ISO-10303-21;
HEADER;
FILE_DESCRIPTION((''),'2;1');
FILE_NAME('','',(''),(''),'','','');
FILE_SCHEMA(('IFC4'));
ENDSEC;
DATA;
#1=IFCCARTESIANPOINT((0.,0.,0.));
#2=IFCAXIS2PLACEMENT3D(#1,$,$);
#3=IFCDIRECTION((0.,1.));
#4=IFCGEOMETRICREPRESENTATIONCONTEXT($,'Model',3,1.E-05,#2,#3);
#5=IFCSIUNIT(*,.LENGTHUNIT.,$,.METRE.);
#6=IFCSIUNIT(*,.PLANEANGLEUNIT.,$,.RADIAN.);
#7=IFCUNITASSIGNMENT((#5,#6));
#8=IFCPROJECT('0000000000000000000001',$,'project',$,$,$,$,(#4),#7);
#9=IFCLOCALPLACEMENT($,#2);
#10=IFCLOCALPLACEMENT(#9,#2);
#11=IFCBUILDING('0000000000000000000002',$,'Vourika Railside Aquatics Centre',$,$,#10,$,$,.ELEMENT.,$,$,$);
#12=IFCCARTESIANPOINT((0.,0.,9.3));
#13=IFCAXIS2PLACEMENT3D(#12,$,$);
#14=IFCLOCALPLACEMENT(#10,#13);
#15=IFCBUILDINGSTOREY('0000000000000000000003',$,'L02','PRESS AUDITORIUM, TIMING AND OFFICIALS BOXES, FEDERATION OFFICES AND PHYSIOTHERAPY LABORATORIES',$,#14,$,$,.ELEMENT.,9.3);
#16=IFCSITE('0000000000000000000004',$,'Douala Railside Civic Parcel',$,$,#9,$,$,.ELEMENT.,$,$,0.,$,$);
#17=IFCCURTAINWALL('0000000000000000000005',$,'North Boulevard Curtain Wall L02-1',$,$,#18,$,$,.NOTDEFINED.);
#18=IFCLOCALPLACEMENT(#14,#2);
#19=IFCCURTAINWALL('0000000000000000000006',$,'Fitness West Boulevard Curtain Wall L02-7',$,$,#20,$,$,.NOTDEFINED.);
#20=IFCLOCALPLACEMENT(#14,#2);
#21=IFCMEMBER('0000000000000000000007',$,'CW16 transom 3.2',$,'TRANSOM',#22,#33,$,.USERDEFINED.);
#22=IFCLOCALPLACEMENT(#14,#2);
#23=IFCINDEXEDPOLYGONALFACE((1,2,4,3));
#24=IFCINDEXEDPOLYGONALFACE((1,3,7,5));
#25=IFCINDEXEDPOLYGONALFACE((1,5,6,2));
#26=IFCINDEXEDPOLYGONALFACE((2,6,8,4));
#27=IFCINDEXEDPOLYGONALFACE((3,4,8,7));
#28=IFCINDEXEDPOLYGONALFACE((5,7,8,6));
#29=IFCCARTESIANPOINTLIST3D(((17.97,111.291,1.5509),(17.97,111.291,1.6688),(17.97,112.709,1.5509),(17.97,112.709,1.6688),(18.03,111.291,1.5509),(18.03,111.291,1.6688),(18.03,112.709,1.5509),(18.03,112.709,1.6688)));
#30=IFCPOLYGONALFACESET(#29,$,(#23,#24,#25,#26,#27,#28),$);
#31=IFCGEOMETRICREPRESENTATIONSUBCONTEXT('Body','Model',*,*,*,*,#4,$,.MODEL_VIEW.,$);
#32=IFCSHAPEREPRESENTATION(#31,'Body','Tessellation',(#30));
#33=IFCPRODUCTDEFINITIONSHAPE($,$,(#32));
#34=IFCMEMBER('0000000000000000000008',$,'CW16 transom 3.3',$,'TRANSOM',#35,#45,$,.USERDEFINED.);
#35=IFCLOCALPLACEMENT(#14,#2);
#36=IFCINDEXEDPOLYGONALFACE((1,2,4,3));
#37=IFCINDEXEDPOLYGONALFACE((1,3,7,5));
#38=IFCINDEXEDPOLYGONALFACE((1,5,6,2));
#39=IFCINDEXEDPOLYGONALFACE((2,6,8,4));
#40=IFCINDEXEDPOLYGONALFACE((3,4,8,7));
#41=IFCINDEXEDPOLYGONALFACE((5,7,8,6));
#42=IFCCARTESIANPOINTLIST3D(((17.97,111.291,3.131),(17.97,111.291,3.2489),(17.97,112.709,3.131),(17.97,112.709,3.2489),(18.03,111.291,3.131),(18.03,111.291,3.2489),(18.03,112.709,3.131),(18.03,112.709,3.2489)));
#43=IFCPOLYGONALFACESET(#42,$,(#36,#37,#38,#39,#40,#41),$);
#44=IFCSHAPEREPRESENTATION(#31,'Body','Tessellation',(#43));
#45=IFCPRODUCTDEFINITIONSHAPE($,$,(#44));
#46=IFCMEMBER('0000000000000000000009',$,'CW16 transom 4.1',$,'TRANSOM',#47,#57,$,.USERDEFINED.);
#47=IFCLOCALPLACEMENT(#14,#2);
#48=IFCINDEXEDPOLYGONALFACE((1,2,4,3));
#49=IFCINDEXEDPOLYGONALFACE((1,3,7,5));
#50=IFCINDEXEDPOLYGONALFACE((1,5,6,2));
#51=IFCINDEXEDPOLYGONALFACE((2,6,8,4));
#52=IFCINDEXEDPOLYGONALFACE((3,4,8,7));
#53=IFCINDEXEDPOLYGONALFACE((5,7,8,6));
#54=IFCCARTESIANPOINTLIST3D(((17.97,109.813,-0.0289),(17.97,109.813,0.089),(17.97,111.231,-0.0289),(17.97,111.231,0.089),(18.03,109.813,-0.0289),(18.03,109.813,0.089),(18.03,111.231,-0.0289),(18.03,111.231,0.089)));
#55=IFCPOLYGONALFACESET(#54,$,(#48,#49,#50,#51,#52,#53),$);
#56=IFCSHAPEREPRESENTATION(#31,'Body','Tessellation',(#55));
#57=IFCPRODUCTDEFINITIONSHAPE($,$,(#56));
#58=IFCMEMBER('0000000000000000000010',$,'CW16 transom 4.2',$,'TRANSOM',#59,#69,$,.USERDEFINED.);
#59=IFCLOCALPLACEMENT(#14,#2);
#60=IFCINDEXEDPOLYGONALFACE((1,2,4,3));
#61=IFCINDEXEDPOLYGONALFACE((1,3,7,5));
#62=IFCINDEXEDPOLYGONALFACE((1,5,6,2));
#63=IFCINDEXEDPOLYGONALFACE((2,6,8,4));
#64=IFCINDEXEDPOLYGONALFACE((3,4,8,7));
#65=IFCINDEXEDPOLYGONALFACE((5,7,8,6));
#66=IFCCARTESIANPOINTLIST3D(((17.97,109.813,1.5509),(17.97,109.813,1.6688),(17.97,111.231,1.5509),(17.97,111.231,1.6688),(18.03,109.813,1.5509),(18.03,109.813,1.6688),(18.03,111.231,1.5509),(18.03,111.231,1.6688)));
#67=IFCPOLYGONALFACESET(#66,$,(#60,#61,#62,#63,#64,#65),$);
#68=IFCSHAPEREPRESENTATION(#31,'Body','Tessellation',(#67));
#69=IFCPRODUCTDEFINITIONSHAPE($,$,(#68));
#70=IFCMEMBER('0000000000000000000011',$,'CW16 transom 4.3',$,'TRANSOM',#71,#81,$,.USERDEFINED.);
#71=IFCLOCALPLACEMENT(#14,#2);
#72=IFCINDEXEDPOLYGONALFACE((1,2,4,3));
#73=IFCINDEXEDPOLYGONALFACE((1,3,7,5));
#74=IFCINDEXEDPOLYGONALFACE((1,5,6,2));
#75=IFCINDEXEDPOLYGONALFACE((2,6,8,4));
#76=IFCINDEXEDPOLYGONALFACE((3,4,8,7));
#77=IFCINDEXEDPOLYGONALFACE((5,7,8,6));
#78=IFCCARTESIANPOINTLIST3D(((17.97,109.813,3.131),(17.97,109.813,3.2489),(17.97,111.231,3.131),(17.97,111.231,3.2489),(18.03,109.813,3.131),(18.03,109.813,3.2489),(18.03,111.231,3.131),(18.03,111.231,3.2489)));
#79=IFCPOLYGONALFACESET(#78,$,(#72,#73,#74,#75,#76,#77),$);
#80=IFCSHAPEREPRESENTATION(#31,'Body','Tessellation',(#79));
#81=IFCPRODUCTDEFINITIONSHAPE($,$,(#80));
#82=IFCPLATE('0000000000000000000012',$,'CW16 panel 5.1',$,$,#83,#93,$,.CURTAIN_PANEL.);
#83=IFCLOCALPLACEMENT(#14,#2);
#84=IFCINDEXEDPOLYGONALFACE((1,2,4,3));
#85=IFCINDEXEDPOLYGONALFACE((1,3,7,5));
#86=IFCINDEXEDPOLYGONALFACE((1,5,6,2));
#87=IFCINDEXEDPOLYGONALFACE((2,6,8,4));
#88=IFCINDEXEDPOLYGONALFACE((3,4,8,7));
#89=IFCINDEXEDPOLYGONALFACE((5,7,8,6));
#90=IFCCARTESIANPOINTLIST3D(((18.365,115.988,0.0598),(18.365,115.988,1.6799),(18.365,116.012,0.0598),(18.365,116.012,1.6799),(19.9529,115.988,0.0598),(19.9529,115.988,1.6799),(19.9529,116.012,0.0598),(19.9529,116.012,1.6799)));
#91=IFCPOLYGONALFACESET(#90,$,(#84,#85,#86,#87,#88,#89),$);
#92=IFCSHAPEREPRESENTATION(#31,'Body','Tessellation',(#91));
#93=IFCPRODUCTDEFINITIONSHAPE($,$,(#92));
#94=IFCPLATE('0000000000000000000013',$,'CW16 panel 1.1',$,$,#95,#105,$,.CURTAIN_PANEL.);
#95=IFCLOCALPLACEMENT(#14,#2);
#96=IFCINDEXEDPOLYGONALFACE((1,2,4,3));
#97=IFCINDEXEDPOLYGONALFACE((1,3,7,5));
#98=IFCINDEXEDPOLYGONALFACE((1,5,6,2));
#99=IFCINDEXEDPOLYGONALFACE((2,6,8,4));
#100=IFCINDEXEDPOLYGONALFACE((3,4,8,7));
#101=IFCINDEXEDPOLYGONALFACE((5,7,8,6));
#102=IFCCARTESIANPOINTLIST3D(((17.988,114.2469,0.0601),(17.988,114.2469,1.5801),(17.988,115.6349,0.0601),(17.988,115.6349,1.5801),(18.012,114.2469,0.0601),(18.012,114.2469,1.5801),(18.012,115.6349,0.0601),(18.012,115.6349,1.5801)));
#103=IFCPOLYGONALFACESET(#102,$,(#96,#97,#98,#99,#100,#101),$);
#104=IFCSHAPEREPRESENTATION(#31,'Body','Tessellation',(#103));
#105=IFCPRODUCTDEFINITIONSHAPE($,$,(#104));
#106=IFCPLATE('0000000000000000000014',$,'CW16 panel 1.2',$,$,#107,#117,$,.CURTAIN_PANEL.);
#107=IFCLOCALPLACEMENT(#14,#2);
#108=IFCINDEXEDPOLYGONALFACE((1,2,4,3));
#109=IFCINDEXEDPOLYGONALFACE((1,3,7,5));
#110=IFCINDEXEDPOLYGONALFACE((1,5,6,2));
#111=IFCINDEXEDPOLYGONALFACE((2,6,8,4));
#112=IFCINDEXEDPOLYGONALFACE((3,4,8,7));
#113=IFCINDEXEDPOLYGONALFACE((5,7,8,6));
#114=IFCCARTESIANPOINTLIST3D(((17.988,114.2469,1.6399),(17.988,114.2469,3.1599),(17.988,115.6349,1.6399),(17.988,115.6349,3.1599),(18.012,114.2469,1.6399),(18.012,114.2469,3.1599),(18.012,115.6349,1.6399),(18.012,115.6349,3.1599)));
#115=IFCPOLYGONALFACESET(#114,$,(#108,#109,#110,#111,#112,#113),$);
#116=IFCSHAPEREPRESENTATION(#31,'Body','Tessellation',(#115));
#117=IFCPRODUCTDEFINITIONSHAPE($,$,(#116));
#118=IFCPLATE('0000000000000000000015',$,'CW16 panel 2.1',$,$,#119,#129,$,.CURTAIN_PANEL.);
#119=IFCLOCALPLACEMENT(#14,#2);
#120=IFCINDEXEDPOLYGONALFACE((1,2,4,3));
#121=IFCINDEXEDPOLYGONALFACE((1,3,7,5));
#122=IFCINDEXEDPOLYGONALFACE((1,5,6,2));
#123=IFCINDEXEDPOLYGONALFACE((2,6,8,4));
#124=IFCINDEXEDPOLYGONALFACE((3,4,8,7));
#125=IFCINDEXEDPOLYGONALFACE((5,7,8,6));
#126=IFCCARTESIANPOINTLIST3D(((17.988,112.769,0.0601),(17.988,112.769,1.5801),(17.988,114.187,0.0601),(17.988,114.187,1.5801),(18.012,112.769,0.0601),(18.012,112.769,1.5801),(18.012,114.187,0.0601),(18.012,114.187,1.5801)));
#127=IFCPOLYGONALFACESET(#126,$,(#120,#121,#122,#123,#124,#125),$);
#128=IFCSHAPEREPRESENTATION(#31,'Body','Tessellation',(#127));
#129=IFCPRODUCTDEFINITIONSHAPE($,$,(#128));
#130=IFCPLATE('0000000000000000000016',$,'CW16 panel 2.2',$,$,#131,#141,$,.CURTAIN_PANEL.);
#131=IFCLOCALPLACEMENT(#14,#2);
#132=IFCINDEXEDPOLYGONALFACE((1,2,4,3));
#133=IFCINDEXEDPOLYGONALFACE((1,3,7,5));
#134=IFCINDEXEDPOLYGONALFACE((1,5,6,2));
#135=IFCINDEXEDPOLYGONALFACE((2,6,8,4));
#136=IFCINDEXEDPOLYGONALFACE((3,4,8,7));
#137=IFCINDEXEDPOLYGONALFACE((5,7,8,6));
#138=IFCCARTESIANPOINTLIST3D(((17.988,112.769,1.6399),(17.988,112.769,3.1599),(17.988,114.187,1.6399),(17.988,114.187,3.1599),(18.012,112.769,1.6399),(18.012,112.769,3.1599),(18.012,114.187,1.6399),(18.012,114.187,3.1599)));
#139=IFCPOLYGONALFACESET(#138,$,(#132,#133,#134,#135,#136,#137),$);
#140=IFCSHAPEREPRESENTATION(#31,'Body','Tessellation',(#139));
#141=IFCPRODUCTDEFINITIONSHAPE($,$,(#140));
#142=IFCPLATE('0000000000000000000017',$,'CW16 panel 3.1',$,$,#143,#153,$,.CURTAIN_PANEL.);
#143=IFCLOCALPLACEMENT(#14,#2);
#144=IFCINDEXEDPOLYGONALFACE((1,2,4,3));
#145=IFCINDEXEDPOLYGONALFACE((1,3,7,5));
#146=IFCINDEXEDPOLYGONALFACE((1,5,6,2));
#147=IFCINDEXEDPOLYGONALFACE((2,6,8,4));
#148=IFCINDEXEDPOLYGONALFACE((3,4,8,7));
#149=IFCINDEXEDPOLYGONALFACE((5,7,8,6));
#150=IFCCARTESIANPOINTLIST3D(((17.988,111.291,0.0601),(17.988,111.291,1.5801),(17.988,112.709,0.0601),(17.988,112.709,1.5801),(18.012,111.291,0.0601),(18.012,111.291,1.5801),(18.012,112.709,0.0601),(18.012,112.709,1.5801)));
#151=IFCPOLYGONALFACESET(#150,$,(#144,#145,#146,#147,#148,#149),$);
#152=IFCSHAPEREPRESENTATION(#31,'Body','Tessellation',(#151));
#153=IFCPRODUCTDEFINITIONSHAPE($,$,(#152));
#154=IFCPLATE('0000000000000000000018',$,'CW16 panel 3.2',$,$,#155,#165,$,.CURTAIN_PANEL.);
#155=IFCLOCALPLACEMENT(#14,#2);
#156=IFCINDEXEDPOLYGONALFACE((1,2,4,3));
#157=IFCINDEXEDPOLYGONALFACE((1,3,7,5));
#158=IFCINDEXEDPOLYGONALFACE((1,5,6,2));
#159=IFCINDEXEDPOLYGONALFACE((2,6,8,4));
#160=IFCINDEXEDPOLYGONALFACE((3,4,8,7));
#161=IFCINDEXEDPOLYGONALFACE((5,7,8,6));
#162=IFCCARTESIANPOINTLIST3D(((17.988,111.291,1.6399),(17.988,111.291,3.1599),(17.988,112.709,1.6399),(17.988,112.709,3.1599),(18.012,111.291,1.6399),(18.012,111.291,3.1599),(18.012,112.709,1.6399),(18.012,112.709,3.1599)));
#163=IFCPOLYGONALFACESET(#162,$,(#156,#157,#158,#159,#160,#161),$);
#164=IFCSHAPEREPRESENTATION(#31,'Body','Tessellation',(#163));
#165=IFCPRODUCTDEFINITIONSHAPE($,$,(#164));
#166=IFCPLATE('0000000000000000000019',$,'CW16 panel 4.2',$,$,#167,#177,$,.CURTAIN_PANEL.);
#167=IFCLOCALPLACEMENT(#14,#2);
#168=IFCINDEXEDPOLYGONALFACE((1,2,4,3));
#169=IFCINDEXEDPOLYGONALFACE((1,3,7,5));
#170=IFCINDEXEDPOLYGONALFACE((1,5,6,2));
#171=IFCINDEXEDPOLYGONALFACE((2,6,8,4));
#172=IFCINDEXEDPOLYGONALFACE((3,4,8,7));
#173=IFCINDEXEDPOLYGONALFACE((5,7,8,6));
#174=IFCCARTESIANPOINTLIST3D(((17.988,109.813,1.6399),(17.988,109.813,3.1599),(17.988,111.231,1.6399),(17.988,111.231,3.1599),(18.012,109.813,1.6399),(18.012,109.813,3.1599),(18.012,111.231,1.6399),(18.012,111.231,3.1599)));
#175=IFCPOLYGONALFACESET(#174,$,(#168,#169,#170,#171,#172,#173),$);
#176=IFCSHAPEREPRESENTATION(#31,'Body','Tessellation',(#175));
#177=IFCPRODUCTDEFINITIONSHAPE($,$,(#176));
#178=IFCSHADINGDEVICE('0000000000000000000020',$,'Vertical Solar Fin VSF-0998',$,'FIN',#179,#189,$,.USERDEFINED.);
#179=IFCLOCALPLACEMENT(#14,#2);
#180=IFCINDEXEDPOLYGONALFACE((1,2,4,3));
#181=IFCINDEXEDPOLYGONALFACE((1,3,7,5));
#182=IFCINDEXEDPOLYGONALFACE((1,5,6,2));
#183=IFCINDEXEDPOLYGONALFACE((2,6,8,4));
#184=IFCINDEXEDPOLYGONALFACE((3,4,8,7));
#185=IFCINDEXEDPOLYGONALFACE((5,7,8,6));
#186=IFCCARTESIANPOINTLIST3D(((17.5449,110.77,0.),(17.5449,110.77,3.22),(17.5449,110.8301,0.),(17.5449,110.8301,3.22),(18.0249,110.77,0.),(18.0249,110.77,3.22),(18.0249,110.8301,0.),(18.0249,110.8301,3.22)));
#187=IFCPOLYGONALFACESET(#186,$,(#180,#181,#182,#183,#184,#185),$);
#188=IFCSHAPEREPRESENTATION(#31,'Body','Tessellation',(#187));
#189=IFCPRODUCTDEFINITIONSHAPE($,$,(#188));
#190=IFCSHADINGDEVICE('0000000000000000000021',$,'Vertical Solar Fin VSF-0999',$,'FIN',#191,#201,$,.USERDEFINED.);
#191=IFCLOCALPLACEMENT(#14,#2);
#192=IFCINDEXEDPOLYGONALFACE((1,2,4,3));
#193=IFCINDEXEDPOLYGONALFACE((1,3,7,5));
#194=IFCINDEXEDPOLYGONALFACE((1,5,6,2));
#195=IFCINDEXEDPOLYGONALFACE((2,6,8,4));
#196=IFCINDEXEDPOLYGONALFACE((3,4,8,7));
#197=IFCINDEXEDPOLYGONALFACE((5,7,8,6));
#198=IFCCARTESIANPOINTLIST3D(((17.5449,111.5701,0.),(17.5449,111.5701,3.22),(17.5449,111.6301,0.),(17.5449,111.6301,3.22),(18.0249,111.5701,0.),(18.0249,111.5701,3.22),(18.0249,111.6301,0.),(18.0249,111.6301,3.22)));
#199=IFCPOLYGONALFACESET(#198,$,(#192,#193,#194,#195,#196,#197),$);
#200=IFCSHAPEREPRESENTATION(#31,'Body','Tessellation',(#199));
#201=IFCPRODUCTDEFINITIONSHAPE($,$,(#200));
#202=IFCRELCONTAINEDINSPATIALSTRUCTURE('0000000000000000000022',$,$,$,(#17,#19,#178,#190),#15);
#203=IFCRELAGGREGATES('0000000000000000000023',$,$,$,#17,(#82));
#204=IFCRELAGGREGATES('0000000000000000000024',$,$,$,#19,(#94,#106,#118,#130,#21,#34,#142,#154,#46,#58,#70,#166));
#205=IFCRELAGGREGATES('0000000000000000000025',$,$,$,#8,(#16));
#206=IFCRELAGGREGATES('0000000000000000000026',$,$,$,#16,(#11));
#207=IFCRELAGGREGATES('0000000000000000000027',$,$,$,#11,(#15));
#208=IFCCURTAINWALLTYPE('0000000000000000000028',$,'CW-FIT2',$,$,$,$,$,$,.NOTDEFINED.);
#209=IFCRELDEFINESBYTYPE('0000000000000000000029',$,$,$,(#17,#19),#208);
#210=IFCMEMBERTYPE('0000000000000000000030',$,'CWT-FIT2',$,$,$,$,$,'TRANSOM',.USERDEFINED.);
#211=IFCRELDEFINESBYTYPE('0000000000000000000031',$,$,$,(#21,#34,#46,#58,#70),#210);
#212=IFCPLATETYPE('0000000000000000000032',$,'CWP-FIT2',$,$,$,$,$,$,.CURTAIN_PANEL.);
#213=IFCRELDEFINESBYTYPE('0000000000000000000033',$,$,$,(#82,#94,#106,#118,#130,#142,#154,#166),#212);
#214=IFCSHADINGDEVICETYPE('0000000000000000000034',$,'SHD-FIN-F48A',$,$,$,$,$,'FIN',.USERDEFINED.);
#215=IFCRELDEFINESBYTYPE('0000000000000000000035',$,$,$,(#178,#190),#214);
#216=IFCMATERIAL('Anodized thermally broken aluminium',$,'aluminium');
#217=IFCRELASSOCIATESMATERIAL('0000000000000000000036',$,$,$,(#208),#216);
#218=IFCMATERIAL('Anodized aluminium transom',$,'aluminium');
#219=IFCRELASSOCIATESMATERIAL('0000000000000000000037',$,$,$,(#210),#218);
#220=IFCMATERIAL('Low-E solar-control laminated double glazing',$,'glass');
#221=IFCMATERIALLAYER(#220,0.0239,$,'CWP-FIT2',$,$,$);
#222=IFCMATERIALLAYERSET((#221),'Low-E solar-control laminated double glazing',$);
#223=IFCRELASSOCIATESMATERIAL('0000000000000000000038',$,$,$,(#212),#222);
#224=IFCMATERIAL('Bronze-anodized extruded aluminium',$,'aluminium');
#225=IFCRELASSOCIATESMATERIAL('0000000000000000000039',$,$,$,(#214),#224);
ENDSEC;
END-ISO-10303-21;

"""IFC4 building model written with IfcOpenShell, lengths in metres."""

from ifc_helpers import new_model, si_unit, direction, frame, origin, origin_2d, place, context, subcontext, project, spatial, rectangle, extrude, material, layer, layer_set, material_profile, profile_set, type_object, element, aggregate, save


model = new_model("IFC4")

# Units and contexts
model_context = context("Model", 3, precision=1e-05, world=origin(), true_north=direction((0.0, 1.0)))
body_context = subcontext(model_context, "Body", "Model", "MODEL_VIEW")
ifc_project = project(units=[si_unit("LENGTHUNIT", "METRE"), si_unit("PLANEANGLEUNIT", "RADIAN")], contexts=[model_context])

# Site, building, storey
site_placement = place(None, origin())
site = spatial("IfcSite", under=ifc_project, at=site_placement, Name="Douala Railside Civic Parcel", CompositionType="ELEMENT", RefElevation=0.0)
building_placement = place(site_placement, origin())
building = spatial("IfcBuilding", under=site, at=building_placement, Name="Vourika Railside Aquatics Centre", CompositionType="ELEMENT")
storey_placement = place(building_placement, frame((0.0, 0.0, 9.3)))
storey = spatial("IfcBuildingStorey", under=building, at=storey_placement, Name="L02", Description="PRESS AUDITORIUM, TIMING AND OFFICIALS BOXES, FEDERATION OFFICES AND PHYSIOTHERAPY LABORATORIES", CompositionType="ELEMENT", Elevation=9.3)

# Curtain wall
ifc_material_1 = material(Name="Anodized thermally broken aluminium", Category="aluminium")
curtain_wall_type = type_object("IfcCurtainWallType", Name="CW-FIT2", PredefinedType="NOTDEFINED", material=ifc_material_1)
curtain_wall_1_placement = place(storey_placement, origin())
curtain_wall_1 = element("IfcCurtainWall", 1, at=curtain_wall_1_placement, inside=storey, type_object=curtain_wall_type, Name="North Boulevard Curtain Wall L02-1", PredefinedType="NOTDEFINED")

# Curtain wall, members
curtain_wall_2_placement = place(storey_placement, origin())
curtain_wall_2 = element("IfcCurtainWall", 2, at=curtain_wall_2_placement, inside=storey, type_object=curtain_wall_type, Name="Fitness West Boulevard Curtain Wall L02-7", PredefinedType="NOTDEFINED")
ifc_material_2 = material(Name="Anodized aluminium transom", Category="aluminium")
ifc_material_profile_1 = material_profile(ifc_material_2, rectangle(XDim=0.0601, YDim=0.1179, at=origin_2d()), Name="ALU-T 60x118")
ifc_profile_set_1 = profile_set([ifc_material_profile_1], Name="Anodized aluminium transom")
member_type_1 = type_object("IfcMemberType", Name="CWT-FIT2", ElementType="TRANSOM", PredefinedType="USERDEFINED", material=ifc_profile_set_1)
member_1_placement = place(storey_placement, frame((18.0, 112.709, 1.6099), z_axis=(0.0, -1.0, 0.0), x_axis=(1.0, 0.0, 0.0)))
member_1 = element("IfcMember", 3, at=member_1_placement, type_object=member_type_1, Name="CW16 transom 3.2", ObjectType="TRANSOM", PredefinedType="USERDEFINED", context=body_context, shape_type="SweptSolid", body=[
    extrude(rectangle(XDim=0.0601, YDim=0.1179, at=origin_2d()), origin(), (0.0, 0.0, 1.0), 1.418),
])
member_2_placement = place(storey_placement, frame((18.0, 112.709, 3.1899), z_axis=(0.0, -1.0, 0.0), x_axis=(1.0, 0.0, 0.0)))
member_2 = element("IfcMember", 4, at=member_2_placement, type_object=member_type_1, Name="CW16 transom 3.3", ObjectType="TRANSOM", PredefinedType="USERDEFINED", context=body_context, shape_type="SweptSolid", body=[
    extrude(rectangle(XDim=0.0601, YDim=0.1179, at=origin_2d()), origin(), (0.0, 0.0, 1.0), 1.418),
])
member_3_placement = place(storey_placement, frame((18.0, 111.231, 0.03), z_axis=(0.0, -1.0, 0.0), x_axis=(1.0, 0.0, 0.0)))
member_3 = element("IfcMember", 5, at=member_3_placement, type_object=member_type_1, Name="CW16 transom 4.1", ObjectType="TRANSOM", PredefinedType="USERDEFINED", context=body_context, shape_type="SweptSolid", body=[
    extrude(rectangle(XDim=0.0601, YDim=0.1179, at=origin_2d()), origin(), (0.0, 0.0, 1.0), 1.418),
])
member_4_placement = place(storey_placement, frame((18.0, 111.231, 1.6099), z_axis=(0.0, -1.0, 0.0), x_axis=(1.0, 0.0, 0.0)))
member_4 = element("IfcMember", 6, at=member_4_placement, type_object=member_type_1, Name="CW16 transom 4.2", ObjectType="TRANSOM", PredefinedType="USERDEFINED", context=body_context, shape_type="SweptSolid", body=[
    extrude(rectangle(XDim=0.0601, YDim=0.1179, at=origin_2d()), origin(), (0.0, 0.0, 1.0), 1.418),
])
member_5_placement = place(storey_placement, frame((18.0, 111.231, 3.1899), z_axis=(0.0, -1.0, 0.0), x_axis=(1.0, 0.0, 0.0)))
member_5 = element("IfcMember", 7, at=member_5_placement, type_object=member_type_1, Name="CW16 transom 4.3", ObjectType="TRANSOM", PredefinedType="USERDEFINED", context=body_context, shape_type="SweptSolid", body=[
    extrude(rectangle(XDim=0.0601, YDim=0.1179, at=origin_2d()), origin(), (0.0, 0.0, 1.0), 1.418),
])

# Plates
ifc_material_3 = material(Name="Low-E solar-control laminated double glazing", Category="glass")
ifc_layer = layer(ifc_material_3, 0.0239, Name="CWP-FIT2")
ifc_layer_set = layer_set([ifc_layer], Name="Low-E solar-control laminated double glazing")
plate_type = type_object("IfcPlateType", Name="CWP-FIT2", PredefinedType="CURTAIN_PANEL", material=ifc_layer_set)
plate_1_placement = place(storey_placement, frame((19.1589, 116.0, 0.0598), z_axis=(0.0, 0.0, 1.0), x_axis=(-1.0, 0.0, 0.0)))
plate_1 = element("IfcPlate", 8, at=plate_1_placement, type_object=plate_type, Name="CW16 panel 5.1", PredefinedType="CURTAIN_PANEL", context=body_context, shape_type="SweptSolid", body=[
    extrude(rectangle(XDim=1.5879, YDim=0.0239, at=origin_2d()), origin(), (0.0, 0.0, 1.0), 1.6201),
])
aggregate(curtain_wall_1, [plate_1])
plate_2_placement = place(storey_placement, frame((18.0, 114.9409, 0.0601), z_axis=(0.0, 0.0, 1.0), x_axis=(0.0, -1.0, 0.0)))
plate_2 = element("IfcPlate", 9, at=plate_2_placement, type_object=plate_type, Name="CW16 panel 1.1", PredefinedType="CURTAIN_PANEL", context=body_context, shape_type="SweptSolid", body=[
    extrude(rectangle(XDim=1.3879, YDim=0.0239, at=origin_2d()), origin(), (0.0, 0.0, 1.0), 1.52),
])
plate_3_placement = place(storey_placement, frame((18.0, 114.9409, 1.6399), z_axis=(0.0, 0.0, 1.0), x_axis=(0.0, -1.0, 0.0)))
plate_3 = element("IfcPlate", 10, at=plate_3_placement, type_object=plate_type, Name="CW16 panel 1.2", PredefinedType="CURTAIN_PANEL", context=body_context, shape_type="SweptSolid", body=[
    extrude(rectangle(XDim=1.3879, YDim=0.0239, at=origin_2d()), origin(), (0.0, 0.0, 1.0), 1.52),
])
plate_4_placement = place(storey_placement, frame((18.0, 113.478, 0.0601), z_axis=(0.0, 0.0, 1.0), x_axis=(0.0, -1.0, 0.0)))
plate_4 = element("IfcPlate", 11, at=plate_4_placement, type_object=plate_type, Name="CW16 panel 2.1", PredefinedType="CURTAIN_PANEL", context=body_context, shape_type="SweptSolid", body=[
    extrude(rectangle(XDim=1.418, YDim=0.0239, at=origin_2d()), origin(), (0.0, 0.0, 1.0), 1.52),
])
plate_5_placement = place(storey_placement, frame((18.0, 113.478, 1.6399), z_axis=(0.0, 0.0, 1.0), x_axis=(0.0, -1.0, 0.0)))
plate_5 = element("IfcPlate", 12, at=plate_5_placement, type_object=plate_type, Name="CW16 panel 2.2", PredefinedType="CURTAIN_PANEL", context=body_context, shape_type="SweptSolid", body=[
    extrude(rectangle(XDim=1.418, YDim=0.0239, at=origin_2d()), origin(), (0.0, 0.0, 1.0), 1.52),
])
plate_6_placement = place(storey_placement, frame((18.0, 112.0, 0.0601), z_axis=(0.0, 0.0, 1.0), x_axis=(0.0, -1.0, 0.0)))
plate_6 = element("IfcPlate", 13, at=plate_6_placement, type_object=plate_type, Name="CW16 panel 3.1", PredefinedType="CURTAIN_PANEL", context=body_context, shape_type="SweptSolid", body=[
    extrude(rectangle(XDim=1.418, YDim=0.0239, at=origin_2d()), origin(), (0.0, 0.0, 1.0), 1.52),
])
plate_7_placement = place(storey_placement, frame((18.0, 112.0, 1.6399), z_axis=(0.0, 0.0, 1.0), x_axis=(0.0, -1.0, 0.0)))
plate_7 = element("IfcPlate", 14, at=plate_7_placement, type_object=plate_type, Name="CW16 panel 3.2", PredefinedType="CURTAIN_PANEL", context=body_context, shape_type="SweptSolid", body=[
    extrude(rectangle(XDim=1.418, YDim=0.0239, at=origin_2d()), origin(), (0.0, 0.0, 1.0), 1.52),
])
plate_8_placement = place(storey_placement, frame((18.0, 110.522, 1.6399), z_axis=(0.0, 0.0, 1.0), x_axis=(0.0, -1.0, 0.0)))
plate_8 = element("IfcPlate", 15, at=plate_8_placement, type_object=plate_type, Name="CW16 panel 4.2", PredefinedType="CURTAIN_PANEL", context=body_context, shape_type="SweptSolid", body=[
    extrude(rectangle(XDim=1.418, YDim=0.0239, at=origin_2d()), origin(), (0.0, 0.0, 1.0), 1.52),
])
aggregate(curtain_wall_2, [plate_2, plate_3, plate_4, plate_5, member_1, member_2, plate_6, plate_7, member_3, member_4, member_5, plate_8])

# Shading devices
ifc_material_4 = material(Name="Bronze-anodized extruded aluminium", Category="aluminium")
ifc_material_profile_2 = material_profile(ifc_material_4, rectangle(XDim=0.0601, YDim=0.48, at=origin_2d()), Name="ALU-FIN 60x480")
ifc_profile_set_2 = profile_set([ifc_material_profile_2], Name="Bronze-anodized extruded aluminium")
shading_device_type = type_object("IfcShadingDeviceType", Name="SHD-FIN-F48A", ElementType="FIN", PredefinedType="USERDEFINED", material=ifc_profile_set_2)
for number, where, z_axis, x_axis, name in (
    (16, (17.7849, 110.8, 0.0), (0.0, 0.0, 1.0), (0.0, 1.0, 0.0), "Vertical Solar Fin VSF-0998"),
    (17, (17.7849, 111.6001, 0.0), (0.0, 0.0, 1.0), (0.0, 1.0, 0.0), "Vertical Solar Fin VSF-0999"),
):
    element("IfcShadingDevice", number, at=place(storey_placement, frame(where, z_axis=z_axis, x_axis=x_axis)), inside=storey, type_object=shading_device_type, Name=name, ObjectType="FIN", PredefinedType="USERDEFINED", context=body_context, shape_type="SweptSolid", body=[
        extrude(rectangle(XDim=0.0601, YDim=0.48, at=origin_2d()), origin(), (0.0, 0.0, 1.0), 3.22),
    ])

save(model, "model.ifc")
